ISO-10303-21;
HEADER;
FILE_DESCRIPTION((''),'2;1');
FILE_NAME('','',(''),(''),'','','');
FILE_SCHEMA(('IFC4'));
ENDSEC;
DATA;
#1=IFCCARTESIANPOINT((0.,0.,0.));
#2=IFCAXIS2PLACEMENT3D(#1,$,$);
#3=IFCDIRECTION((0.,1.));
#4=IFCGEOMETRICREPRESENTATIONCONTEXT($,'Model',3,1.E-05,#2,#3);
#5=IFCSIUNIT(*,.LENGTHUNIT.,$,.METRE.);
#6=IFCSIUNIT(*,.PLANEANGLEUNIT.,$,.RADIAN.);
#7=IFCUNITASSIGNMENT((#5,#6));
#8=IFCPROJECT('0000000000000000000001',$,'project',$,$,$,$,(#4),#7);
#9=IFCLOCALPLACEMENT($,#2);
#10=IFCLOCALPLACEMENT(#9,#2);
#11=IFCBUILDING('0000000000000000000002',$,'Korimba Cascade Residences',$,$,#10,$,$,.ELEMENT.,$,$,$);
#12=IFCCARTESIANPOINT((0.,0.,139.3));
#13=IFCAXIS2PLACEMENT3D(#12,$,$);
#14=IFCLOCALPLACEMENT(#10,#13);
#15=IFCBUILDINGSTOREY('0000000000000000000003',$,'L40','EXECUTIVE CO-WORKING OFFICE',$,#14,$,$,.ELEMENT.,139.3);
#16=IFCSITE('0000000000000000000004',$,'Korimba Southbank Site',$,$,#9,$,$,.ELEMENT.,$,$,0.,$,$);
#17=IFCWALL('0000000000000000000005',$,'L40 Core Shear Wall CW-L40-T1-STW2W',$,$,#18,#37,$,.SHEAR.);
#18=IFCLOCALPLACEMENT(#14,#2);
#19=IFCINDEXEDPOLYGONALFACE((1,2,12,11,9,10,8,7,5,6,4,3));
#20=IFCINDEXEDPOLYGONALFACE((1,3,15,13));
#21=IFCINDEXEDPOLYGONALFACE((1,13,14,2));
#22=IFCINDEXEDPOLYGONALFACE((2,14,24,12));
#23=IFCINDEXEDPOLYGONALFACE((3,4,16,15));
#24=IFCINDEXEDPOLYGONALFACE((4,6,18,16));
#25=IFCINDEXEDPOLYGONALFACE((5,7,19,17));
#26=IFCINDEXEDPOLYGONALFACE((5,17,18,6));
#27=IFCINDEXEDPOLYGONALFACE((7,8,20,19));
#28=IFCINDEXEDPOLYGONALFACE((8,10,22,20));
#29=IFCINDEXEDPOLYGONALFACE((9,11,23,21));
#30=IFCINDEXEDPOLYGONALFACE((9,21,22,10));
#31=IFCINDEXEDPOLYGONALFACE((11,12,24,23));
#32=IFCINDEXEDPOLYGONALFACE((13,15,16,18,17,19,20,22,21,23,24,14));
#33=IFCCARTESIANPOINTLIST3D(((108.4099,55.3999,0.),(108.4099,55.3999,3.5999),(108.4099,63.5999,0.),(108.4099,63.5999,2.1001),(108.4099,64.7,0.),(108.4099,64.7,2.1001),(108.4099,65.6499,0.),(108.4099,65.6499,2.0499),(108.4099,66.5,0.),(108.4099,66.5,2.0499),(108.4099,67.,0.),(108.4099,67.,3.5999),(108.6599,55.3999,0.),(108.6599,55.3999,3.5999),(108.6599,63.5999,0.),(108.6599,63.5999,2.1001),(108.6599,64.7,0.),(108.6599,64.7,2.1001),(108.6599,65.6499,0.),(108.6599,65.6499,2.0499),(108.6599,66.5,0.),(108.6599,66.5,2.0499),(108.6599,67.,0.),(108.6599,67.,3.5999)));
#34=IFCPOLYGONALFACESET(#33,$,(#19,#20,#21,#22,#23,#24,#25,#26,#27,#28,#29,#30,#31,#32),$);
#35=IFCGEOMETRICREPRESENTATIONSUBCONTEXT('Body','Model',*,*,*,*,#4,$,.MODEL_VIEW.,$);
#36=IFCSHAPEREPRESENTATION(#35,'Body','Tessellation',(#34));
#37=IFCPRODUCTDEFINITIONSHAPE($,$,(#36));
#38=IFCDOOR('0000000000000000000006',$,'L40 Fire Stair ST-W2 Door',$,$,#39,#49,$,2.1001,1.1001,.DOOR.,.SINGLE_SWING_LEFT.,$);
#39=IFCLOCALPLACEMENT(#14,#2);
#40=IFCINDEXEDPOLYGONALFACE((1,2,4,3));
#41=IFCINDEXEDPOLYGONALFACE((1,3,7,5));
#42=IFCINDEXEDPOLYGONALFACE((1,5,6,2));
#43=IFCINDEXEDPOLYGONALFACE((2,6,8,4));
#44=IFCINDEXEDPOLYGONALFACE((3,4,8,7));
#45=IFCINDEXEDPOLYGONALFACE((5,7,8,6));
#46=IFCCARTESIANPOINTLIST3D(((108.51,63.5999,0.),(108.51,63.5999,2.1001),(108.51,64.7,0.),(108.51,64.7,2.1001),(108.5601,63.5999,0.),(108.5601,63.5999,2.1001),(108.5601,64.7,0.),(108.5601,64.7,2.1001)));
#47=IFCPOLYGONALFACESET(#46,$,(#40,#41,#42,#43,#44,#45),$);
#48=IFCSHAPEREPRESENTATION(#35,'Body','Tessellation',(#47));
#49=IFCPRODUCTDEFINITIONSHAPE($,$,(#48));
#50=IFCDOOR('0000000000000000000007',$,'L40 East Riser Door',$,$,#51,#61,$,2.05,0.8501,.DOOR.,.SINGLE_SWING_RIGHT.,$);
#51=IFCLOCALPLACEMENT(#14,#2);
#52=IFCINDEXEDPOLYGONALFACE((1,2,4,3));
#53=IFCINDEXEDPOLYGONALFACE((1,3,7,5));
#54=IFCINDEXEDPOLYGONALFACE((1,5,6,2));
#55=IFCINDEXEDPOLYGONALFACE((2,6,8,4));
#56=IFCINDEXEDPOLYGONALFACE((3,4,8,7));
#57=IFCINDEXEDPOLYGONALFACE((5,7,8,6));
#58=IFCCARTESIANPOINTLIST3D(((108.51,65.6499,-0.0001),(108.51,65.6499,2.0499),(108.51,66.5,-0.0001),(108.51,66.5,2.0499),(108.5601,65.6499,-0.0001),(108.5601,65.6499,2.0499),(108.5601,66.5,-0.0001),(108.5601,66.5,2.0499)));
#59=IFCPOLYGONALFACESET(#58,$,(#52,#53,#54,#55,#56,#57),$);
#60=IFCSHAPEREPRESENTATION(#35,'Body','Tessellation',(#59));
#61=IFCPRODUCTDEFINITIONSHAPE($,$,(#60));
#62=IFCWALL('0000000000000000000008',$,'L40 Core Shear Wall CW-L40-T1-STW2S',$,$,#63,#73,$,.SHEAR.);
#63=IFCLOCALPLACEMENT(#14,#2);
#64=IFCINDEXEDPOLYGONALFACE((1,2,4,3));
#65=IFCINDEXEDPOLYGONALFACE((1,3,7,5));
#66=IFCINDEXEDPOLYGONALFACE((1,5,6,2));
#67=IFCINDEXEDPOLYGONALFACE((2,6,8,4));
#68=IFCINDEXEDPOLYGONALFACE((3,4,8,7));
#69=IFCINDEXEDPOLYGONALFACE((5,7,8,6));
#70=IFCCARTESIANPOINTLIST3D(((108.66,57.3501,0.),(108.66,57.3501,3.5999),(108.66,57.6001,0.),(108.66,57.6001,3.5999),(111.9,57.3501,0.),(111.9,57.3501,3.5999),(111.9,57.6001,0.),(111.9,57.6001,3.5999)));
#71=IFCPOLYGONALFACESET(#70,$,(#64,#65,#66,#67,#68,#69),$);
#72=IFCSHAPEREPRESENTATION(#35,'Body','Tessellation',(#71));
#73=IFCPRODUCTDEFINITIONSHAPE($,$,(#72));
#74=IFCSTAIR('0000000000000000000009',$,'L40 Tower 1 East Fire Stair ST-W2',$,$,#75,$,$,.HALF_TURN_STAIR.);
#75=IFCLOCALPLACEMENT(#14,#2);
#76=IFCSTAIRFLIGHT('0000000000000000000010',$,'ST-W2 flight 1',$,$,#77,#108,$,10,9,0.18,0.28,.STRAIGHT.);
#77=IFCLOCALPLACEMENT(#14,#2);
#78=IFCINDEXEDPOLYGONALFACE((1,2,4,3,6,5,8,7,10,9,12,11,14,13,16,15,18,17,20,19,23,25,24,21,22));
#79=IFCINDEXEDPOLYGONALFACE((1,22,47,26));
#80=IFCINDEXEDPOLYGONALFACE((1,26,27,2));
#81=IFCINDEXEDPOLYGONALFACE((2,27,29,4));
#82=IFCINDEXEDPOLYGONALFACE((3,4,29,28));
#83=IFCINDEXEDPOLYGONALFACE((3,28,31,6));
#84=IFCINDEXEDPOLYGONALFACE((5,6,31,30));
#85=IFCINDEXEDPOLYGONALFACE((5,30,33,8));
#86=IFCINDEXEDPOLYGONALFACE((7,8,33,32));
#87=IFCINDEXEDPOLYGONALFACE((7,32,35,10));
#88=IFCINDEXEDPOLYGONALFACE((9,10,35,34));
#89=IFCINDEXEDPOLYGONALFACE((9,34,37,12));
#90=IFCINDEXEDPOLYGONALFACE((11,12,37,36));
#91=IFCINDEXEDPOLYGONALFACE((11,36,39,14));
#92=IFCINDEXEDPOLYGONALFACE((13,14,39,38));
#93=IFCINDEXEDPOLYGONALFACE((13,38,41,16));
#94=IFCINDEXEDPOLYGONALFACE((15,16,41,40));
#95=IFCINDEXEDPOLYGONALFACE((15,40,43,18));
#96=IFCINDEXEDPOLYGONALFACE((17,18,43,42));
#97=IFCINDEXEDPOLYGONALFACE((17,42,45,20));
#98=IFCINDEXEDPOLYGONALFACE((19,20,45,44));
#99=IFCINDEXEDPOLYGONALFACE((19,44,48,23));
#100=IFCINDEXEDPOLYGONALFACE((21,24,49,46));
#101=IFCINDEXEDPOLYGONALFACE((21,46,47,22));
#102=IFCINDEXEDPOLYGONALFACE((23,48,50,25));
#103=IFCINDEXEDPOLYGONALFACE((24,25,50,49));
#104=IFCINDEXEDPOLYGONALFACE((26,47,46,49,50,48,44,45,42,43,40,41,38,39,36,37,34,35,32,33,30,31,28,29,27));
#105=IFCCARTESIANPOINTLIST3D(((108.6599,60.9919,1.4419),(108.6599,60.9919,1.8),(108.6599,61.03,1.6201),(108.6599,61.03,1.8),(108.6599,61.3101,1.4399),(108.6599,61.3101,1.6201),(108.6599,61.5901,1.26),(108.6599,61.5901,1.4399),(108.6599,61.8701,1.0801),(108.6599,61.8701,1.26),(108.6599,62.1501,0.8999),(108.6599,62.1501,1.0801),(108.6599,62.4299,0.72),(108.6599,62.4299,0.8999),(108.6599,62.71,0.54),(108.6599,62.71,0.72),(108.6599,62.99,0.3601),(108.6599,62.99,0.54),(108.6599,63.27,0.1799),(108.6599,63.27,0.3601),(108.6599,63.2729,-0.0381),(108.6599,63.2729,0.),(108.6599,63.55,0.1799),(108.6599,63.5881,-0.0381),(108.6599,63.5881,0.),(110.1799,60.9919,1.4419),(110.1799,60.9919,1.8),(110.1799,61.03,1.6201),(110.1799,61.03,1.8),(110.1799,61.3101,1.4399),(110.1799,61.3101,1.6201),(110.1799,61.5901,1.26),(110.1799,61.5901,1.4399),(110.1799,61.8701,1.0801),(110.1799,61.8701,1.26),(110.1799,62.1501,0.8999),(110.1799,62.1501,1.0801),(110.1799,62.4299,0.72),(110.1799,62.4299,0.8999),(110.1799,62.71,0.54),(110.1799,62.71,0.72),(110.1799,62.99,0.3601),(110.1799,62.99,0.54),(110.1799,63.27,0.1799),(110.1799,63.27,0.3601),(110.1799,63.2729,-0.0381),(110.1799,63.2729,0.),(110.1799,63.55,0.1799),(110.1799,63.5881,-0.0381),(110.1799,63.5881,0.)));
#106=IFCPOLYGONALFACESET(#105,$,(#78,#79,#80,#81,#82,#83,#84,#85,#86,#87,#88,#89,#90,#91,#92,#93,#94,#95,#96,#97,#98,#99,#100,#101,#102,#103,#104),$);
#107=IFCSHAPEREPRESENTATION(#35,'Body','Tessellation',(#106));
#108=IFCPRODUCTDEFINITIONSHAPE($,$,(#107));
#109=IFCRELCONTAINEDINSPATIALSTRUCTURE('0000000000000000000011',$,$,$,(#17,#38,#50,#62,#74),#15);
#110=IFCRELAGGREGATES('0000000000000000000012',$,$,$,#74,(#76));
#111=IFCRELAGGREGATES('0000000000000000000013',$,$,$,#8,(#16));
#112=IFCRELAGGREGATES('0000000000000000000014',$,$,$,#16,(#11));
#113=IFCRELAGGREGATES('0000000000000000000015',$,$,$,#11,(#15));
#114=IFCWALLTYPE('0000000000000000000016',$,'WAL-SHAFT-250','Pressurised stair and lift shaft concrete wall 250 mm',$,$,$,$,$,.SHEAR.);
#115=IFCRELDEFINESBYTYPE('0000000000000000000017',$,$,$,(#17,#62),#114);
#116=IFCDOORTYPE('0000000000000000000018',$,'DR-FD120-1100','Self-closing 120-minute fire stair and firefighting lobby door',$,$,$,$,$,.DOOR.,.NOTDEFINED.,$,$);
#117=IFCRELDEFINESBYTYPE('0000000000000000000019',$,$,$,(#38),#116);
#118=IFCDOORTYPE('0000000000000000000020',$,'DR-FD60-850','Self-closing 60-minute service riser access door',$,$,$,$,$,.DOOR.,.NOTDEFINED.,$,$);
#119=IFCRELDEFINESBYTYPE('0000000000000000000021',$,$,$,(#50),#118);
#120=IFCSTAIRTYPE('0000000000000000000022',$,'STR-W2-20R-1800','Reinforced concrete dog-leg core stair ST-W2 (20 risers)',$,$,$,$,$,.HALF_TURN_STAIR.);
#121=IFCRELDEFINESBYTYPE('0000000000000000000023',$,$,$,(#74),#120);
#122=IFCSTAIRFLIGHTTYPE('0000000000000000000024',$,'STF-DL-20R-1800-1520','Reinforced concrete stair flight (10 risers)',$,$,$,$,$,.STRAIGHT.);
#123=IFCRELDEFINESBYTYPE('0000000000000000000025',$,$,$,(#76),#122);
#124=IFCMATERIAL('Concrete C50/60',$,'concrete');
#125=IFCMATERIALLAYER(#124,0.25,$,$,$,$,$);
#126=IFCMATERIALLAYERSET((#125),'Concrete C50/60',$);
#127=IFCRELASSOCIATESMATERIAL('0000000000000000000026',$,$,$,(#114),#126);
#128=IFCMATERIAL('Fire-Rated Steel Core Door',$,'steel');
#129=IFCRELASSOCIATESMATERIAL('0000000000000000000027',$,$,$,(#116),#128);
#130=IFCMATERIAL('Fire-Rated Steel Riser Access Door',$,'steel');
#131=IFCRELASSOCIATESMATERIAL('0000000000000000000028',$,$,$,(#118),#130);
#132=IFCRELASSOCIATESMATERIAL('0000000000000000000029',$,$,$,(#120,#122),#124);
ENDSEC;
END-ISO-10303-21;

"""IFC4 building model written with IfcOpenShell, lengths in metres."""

from ifc_helpers import new_model, si_unit, direction, frame, frame_2d, origin, place, context, subcontext, project, spatial, polyline, rectangle, outline, extrude, material, layer, layer_set, type_object, element, fill, aggregate, save


model = new_model("IFC4")

# Units and contexts
model_context = context("Model", 3, precision=1e-05, world=origin(), true_north=direction((0.0, 1.0)))
body_context = subcontext(model_context, "Body", "Model", "MODEL_VIEW")
ifc_project = project(units=[si_unit("LENGTHUNIT", "METRE"), si_unit("PLANEANGLEUNIT", "RADIAN")], contexts=[model_context])

# Site, building, storey
site_placement = place(None, origin())
site = spatial("IfcSite", under=ifc_project, at=site_placement, Name="Korimba Southbank Site", CompositionType="ELEMENT", RefElevation=0.0)
building_placement = place(site_placement, origin())
building = spatial("IfcBuilding", under=site, at=building_placement, Name="Korimba Cascade Residences", CompositionType="ELEMENT")
storey_placement = place(building_placement, frame((0.0, 0.0, 139.3)))
storey = spatial("IfcBuildingStorey", under=building, at=storey_placement, Name="L40", Description="EXECUTIVE CO-WORKING OFFICE", CompositionType="ELEMENT", Elevation=139.3)

# Shared definitions
ifc_material_1 = material(Name="Concrete C50/60", Category="concrete")
ifc_layer_1 = layer(ifc_material_1, 0.25)
ifc_layer_set_1 = layer_set([ifc_layer_1], Name="Concrete C50/60")
wall_type_1 = type_object("IfcWallType", Name="WAL-SHAFT-250", Description="Pressurised stair and lift shaft concrete wall 250 mm", PredefinedType="SHEAR", material=ifc_layer_set_1)

# Shared definitions
ifc_material_2 = material(Name="Fire-Rated Steel Core Door", Category="steel")
door_type_1 = type_object("IfcDoorType", Name="DR-FD120-1100", Description="Self-closing 120-minute fire stair and firefighting lobby door", OperationType="NOTDEFINED", PredefinedType="DOOR", material=ifc_material_2)

# Wall, openings, doors
wall_1_placement = place(storey_placement, frame((108.5349, 55.3999, 0.0), z_axis=(0.0, 0.0, 1.0), x_axis=(0.0, 1.0, 0.0)))
wall_1 = element("IfcWall", 1, at=wall_1_placement, inside=storey, type_object=wall_type_1, Name="L40 Core Shear Wall CW-L40-T1-STW2W", PredefinedType="SHEAR", context=body_context, shape_type="SweptSolid", body=[
    extrude(rectangle(XDim=11.6001, YDim=0.25, at=frame_2d((5.8, 0.0))), origin(), (0.0, 0.0, 1.0), 3.5999),
])
opening_1_placement = place(wall_1_placement, frame((8.2, 0.0, 0.0)))
opening_1 = element("IfcOpeningElement", 2, at=opening_1_placement, cuts=wall_1, PredefinedType="OPENING", context=body_context, shape_type="SweptSolid", body=[
    extrude(rectangle(XDim=1.1001, YDim=2.1001, at=frame_2d((0.55, 1.05))), frame((0.0, 0.135, 0.0), z_axis=(0.0, -1.0, 0.0), x_axis=(1.0, 0.0, 0.0)), (0.0, 0.0, 1.0), 0.27),
])
opening_2_placement = place(wall_1_placement, frame((10.25, 0.0, 0.0)))
opening_2 = element("IfcOpeningElement", 3, at=opening_2_placement, cuts=wall_1, PredefinedType="OPENING", context=body_context, shape_type="SweptSolid", body=[
    extrude(rectangle(XDim=0.8501, YDim=2.05, at=frame_2d((0.425, 1.0249))), frame((0.0, 0.135, 0.0), z_axis=(0.0, -1.0, 0.0), x_axis=(1.0, 0.0, 0.0)), (0.0, 0.0, 1.0), 0.27),
])
door_1_placement = place(opening_1_placement, origin())
door_1 = element("IfcDoor", 4, at=door_1_placement, inside=storey, type_object=door_type_1, Name="L40 Fire Stair ST-W2 Door", OperationType="SINGLE_SWING_LEFT", OverallHeight=2.1001, OverallWidth=1.1001, PredefinedType="DOOR", context=body_context, shape_type="SweptSolid", body=[
    extrude(rectangle(XDim=1.1001, YDim=2.1001, at=frame_2d((0.55, 1.05))), frame((0.0, 0.0249, 0.0), z_axis=(0.0, -1.0, 0.0), x_axis=(1.0, 0.0, 0.0)), (0.0, 0.0, 1.0), 0.05),
])
fill(opening_1, door_1)
ifc_material_3 = material(Name="Fire-Rated Steel Riser Access Door", Category="steel")
door_type_2 = type_object("IfcDoorType", Name="DR-FD60-850", Description="Self-closing 60-minute service riser access door", OperationType="NOTDEFINED", PredefinedType="DOOR", material=ifc_material_3)
door_2_placement = place(opening_2_placement, origin())
door_2 = element("IfcDoor", 5, at=door_2_placement, inside=storey, type_object=door_type_2, Name="L40 East Riser Door", OperationType="SINGLE_SWING_RIGHT", OverallHeight=2.05, OverallWidth=0.8501, PredefinedType="DOOR", context=body_context, shape_type="SweptSolid", body=[
    extrude(rectangle(XDim=0.8501, YDim=2.05, at=frame_2d((0.425, 1.0249))), frame((0.0, 0.0249, 0.0), z_axis=(0.0, -1.0, 0.0), x_axis=(1.0, 0.0, 0.0)), (0.0, 0.0, 1.0), 0.05),
])
fill(opening_2, door_2)

# Wall
wall_2_placement = place(storey_placement, frame((108.6599, 57.4751, 0.0), z_axis=(0.0, 0.0, 1.0), x_axis=(1.0, 0.0, 0.0)))
element("IfcWall", 6, at=wall_2_placement, inside=storey, type_object=wall_type_1, Name="L40 Core Shear Wall CW-L40-T1-STW2S", PredefinedType="SHEAR", context=body_context, shape_type="SweptSolid", body=[
    extrude(rectangle(XDim=3.24, YDim=0.25, at=frame_2d((1.6201, 0.0))), origin(), (0.0, 0.0, 1.0), 3.5999),
])

# Stair, stair flight
stair_type = type_object("IfcStairType", Name="STR-W2-20R-1800", Description="Reinforced concrete dog-leg core stair ST-W2 (20 risers)", PredefinedType="HALF_TURN_STAIR", material=ifc_material_1)
stair_placement = place(storey_placement, origin())
stair = element("IfcStair", 7, at=stair_placement, inside=storey, type_object=stair_type, Name="L40 Tower 1 East Fire Stair ST-W2", PredefinedType="HALF_TURN_STAIR")
stair_flight_type = type_object("IfcStairFlightType", Name="STF-DL-20R-1800-1520", Description="Reinforced concrete stair flight (10 risers)", PredefinedType="STRAIGHT", material=ifc_material_1)
stair_flight_placement = place(storey_placement, frame((109.4199, 63.55, 0.0), z_axis=(0.0, 0.0, 1.0), x_axis=(0.0, -1.0, 0.0)))
stair_flight = element("IfcStairFlight", 8, at=stair_flight_placement, type_object=stair_flight_type, Name="ST-W2 flight 1", NumberOfRisers=10, NumberOfTreads=9, PredefinedType="STRAIGHT", RiserHeight=0.18, TreadLength=0.28, context=body_context, shape_type="SweptSolid", body=[
    extrude(outline(polyline([(-0.0381, 0.0), (0.0, 0.1799), (0.28, 0.1799), (0.28, 0.3601), (0.5601, 0.3601), (0.5601, 0.54), (0.8401, 0.54), (0.8401, 0.72), (1.1201, 0.72), (1.1201, 0.8999), (1.3999, 0.8999), (1.3999, 1.0801), (1.6799, 1.0801), (1.6799, 1.26), (1.96, 1.26), (1.96, 1.4399), (2.24, 1.4399), (2.24, 1.6201), (2.52, 1.6201), (2.52, 1.8), (2.5581, 1.8), (2.5581, 1.4419), (0.2771, 0.0), (0.2771, -0.0381), (-0.0381, -0.0381), (-0.0381, 0.0)])), frame((0.0, 0.76, 0.0), z_axis=(0.0, -1.0, 0.0), x_axis=(1.0, 0.0, 0.0)), (0.0, 0.0, 1.0), 1.52),
])
aggregate(stair, [stair_flight])

save(model, "model.ifc")
